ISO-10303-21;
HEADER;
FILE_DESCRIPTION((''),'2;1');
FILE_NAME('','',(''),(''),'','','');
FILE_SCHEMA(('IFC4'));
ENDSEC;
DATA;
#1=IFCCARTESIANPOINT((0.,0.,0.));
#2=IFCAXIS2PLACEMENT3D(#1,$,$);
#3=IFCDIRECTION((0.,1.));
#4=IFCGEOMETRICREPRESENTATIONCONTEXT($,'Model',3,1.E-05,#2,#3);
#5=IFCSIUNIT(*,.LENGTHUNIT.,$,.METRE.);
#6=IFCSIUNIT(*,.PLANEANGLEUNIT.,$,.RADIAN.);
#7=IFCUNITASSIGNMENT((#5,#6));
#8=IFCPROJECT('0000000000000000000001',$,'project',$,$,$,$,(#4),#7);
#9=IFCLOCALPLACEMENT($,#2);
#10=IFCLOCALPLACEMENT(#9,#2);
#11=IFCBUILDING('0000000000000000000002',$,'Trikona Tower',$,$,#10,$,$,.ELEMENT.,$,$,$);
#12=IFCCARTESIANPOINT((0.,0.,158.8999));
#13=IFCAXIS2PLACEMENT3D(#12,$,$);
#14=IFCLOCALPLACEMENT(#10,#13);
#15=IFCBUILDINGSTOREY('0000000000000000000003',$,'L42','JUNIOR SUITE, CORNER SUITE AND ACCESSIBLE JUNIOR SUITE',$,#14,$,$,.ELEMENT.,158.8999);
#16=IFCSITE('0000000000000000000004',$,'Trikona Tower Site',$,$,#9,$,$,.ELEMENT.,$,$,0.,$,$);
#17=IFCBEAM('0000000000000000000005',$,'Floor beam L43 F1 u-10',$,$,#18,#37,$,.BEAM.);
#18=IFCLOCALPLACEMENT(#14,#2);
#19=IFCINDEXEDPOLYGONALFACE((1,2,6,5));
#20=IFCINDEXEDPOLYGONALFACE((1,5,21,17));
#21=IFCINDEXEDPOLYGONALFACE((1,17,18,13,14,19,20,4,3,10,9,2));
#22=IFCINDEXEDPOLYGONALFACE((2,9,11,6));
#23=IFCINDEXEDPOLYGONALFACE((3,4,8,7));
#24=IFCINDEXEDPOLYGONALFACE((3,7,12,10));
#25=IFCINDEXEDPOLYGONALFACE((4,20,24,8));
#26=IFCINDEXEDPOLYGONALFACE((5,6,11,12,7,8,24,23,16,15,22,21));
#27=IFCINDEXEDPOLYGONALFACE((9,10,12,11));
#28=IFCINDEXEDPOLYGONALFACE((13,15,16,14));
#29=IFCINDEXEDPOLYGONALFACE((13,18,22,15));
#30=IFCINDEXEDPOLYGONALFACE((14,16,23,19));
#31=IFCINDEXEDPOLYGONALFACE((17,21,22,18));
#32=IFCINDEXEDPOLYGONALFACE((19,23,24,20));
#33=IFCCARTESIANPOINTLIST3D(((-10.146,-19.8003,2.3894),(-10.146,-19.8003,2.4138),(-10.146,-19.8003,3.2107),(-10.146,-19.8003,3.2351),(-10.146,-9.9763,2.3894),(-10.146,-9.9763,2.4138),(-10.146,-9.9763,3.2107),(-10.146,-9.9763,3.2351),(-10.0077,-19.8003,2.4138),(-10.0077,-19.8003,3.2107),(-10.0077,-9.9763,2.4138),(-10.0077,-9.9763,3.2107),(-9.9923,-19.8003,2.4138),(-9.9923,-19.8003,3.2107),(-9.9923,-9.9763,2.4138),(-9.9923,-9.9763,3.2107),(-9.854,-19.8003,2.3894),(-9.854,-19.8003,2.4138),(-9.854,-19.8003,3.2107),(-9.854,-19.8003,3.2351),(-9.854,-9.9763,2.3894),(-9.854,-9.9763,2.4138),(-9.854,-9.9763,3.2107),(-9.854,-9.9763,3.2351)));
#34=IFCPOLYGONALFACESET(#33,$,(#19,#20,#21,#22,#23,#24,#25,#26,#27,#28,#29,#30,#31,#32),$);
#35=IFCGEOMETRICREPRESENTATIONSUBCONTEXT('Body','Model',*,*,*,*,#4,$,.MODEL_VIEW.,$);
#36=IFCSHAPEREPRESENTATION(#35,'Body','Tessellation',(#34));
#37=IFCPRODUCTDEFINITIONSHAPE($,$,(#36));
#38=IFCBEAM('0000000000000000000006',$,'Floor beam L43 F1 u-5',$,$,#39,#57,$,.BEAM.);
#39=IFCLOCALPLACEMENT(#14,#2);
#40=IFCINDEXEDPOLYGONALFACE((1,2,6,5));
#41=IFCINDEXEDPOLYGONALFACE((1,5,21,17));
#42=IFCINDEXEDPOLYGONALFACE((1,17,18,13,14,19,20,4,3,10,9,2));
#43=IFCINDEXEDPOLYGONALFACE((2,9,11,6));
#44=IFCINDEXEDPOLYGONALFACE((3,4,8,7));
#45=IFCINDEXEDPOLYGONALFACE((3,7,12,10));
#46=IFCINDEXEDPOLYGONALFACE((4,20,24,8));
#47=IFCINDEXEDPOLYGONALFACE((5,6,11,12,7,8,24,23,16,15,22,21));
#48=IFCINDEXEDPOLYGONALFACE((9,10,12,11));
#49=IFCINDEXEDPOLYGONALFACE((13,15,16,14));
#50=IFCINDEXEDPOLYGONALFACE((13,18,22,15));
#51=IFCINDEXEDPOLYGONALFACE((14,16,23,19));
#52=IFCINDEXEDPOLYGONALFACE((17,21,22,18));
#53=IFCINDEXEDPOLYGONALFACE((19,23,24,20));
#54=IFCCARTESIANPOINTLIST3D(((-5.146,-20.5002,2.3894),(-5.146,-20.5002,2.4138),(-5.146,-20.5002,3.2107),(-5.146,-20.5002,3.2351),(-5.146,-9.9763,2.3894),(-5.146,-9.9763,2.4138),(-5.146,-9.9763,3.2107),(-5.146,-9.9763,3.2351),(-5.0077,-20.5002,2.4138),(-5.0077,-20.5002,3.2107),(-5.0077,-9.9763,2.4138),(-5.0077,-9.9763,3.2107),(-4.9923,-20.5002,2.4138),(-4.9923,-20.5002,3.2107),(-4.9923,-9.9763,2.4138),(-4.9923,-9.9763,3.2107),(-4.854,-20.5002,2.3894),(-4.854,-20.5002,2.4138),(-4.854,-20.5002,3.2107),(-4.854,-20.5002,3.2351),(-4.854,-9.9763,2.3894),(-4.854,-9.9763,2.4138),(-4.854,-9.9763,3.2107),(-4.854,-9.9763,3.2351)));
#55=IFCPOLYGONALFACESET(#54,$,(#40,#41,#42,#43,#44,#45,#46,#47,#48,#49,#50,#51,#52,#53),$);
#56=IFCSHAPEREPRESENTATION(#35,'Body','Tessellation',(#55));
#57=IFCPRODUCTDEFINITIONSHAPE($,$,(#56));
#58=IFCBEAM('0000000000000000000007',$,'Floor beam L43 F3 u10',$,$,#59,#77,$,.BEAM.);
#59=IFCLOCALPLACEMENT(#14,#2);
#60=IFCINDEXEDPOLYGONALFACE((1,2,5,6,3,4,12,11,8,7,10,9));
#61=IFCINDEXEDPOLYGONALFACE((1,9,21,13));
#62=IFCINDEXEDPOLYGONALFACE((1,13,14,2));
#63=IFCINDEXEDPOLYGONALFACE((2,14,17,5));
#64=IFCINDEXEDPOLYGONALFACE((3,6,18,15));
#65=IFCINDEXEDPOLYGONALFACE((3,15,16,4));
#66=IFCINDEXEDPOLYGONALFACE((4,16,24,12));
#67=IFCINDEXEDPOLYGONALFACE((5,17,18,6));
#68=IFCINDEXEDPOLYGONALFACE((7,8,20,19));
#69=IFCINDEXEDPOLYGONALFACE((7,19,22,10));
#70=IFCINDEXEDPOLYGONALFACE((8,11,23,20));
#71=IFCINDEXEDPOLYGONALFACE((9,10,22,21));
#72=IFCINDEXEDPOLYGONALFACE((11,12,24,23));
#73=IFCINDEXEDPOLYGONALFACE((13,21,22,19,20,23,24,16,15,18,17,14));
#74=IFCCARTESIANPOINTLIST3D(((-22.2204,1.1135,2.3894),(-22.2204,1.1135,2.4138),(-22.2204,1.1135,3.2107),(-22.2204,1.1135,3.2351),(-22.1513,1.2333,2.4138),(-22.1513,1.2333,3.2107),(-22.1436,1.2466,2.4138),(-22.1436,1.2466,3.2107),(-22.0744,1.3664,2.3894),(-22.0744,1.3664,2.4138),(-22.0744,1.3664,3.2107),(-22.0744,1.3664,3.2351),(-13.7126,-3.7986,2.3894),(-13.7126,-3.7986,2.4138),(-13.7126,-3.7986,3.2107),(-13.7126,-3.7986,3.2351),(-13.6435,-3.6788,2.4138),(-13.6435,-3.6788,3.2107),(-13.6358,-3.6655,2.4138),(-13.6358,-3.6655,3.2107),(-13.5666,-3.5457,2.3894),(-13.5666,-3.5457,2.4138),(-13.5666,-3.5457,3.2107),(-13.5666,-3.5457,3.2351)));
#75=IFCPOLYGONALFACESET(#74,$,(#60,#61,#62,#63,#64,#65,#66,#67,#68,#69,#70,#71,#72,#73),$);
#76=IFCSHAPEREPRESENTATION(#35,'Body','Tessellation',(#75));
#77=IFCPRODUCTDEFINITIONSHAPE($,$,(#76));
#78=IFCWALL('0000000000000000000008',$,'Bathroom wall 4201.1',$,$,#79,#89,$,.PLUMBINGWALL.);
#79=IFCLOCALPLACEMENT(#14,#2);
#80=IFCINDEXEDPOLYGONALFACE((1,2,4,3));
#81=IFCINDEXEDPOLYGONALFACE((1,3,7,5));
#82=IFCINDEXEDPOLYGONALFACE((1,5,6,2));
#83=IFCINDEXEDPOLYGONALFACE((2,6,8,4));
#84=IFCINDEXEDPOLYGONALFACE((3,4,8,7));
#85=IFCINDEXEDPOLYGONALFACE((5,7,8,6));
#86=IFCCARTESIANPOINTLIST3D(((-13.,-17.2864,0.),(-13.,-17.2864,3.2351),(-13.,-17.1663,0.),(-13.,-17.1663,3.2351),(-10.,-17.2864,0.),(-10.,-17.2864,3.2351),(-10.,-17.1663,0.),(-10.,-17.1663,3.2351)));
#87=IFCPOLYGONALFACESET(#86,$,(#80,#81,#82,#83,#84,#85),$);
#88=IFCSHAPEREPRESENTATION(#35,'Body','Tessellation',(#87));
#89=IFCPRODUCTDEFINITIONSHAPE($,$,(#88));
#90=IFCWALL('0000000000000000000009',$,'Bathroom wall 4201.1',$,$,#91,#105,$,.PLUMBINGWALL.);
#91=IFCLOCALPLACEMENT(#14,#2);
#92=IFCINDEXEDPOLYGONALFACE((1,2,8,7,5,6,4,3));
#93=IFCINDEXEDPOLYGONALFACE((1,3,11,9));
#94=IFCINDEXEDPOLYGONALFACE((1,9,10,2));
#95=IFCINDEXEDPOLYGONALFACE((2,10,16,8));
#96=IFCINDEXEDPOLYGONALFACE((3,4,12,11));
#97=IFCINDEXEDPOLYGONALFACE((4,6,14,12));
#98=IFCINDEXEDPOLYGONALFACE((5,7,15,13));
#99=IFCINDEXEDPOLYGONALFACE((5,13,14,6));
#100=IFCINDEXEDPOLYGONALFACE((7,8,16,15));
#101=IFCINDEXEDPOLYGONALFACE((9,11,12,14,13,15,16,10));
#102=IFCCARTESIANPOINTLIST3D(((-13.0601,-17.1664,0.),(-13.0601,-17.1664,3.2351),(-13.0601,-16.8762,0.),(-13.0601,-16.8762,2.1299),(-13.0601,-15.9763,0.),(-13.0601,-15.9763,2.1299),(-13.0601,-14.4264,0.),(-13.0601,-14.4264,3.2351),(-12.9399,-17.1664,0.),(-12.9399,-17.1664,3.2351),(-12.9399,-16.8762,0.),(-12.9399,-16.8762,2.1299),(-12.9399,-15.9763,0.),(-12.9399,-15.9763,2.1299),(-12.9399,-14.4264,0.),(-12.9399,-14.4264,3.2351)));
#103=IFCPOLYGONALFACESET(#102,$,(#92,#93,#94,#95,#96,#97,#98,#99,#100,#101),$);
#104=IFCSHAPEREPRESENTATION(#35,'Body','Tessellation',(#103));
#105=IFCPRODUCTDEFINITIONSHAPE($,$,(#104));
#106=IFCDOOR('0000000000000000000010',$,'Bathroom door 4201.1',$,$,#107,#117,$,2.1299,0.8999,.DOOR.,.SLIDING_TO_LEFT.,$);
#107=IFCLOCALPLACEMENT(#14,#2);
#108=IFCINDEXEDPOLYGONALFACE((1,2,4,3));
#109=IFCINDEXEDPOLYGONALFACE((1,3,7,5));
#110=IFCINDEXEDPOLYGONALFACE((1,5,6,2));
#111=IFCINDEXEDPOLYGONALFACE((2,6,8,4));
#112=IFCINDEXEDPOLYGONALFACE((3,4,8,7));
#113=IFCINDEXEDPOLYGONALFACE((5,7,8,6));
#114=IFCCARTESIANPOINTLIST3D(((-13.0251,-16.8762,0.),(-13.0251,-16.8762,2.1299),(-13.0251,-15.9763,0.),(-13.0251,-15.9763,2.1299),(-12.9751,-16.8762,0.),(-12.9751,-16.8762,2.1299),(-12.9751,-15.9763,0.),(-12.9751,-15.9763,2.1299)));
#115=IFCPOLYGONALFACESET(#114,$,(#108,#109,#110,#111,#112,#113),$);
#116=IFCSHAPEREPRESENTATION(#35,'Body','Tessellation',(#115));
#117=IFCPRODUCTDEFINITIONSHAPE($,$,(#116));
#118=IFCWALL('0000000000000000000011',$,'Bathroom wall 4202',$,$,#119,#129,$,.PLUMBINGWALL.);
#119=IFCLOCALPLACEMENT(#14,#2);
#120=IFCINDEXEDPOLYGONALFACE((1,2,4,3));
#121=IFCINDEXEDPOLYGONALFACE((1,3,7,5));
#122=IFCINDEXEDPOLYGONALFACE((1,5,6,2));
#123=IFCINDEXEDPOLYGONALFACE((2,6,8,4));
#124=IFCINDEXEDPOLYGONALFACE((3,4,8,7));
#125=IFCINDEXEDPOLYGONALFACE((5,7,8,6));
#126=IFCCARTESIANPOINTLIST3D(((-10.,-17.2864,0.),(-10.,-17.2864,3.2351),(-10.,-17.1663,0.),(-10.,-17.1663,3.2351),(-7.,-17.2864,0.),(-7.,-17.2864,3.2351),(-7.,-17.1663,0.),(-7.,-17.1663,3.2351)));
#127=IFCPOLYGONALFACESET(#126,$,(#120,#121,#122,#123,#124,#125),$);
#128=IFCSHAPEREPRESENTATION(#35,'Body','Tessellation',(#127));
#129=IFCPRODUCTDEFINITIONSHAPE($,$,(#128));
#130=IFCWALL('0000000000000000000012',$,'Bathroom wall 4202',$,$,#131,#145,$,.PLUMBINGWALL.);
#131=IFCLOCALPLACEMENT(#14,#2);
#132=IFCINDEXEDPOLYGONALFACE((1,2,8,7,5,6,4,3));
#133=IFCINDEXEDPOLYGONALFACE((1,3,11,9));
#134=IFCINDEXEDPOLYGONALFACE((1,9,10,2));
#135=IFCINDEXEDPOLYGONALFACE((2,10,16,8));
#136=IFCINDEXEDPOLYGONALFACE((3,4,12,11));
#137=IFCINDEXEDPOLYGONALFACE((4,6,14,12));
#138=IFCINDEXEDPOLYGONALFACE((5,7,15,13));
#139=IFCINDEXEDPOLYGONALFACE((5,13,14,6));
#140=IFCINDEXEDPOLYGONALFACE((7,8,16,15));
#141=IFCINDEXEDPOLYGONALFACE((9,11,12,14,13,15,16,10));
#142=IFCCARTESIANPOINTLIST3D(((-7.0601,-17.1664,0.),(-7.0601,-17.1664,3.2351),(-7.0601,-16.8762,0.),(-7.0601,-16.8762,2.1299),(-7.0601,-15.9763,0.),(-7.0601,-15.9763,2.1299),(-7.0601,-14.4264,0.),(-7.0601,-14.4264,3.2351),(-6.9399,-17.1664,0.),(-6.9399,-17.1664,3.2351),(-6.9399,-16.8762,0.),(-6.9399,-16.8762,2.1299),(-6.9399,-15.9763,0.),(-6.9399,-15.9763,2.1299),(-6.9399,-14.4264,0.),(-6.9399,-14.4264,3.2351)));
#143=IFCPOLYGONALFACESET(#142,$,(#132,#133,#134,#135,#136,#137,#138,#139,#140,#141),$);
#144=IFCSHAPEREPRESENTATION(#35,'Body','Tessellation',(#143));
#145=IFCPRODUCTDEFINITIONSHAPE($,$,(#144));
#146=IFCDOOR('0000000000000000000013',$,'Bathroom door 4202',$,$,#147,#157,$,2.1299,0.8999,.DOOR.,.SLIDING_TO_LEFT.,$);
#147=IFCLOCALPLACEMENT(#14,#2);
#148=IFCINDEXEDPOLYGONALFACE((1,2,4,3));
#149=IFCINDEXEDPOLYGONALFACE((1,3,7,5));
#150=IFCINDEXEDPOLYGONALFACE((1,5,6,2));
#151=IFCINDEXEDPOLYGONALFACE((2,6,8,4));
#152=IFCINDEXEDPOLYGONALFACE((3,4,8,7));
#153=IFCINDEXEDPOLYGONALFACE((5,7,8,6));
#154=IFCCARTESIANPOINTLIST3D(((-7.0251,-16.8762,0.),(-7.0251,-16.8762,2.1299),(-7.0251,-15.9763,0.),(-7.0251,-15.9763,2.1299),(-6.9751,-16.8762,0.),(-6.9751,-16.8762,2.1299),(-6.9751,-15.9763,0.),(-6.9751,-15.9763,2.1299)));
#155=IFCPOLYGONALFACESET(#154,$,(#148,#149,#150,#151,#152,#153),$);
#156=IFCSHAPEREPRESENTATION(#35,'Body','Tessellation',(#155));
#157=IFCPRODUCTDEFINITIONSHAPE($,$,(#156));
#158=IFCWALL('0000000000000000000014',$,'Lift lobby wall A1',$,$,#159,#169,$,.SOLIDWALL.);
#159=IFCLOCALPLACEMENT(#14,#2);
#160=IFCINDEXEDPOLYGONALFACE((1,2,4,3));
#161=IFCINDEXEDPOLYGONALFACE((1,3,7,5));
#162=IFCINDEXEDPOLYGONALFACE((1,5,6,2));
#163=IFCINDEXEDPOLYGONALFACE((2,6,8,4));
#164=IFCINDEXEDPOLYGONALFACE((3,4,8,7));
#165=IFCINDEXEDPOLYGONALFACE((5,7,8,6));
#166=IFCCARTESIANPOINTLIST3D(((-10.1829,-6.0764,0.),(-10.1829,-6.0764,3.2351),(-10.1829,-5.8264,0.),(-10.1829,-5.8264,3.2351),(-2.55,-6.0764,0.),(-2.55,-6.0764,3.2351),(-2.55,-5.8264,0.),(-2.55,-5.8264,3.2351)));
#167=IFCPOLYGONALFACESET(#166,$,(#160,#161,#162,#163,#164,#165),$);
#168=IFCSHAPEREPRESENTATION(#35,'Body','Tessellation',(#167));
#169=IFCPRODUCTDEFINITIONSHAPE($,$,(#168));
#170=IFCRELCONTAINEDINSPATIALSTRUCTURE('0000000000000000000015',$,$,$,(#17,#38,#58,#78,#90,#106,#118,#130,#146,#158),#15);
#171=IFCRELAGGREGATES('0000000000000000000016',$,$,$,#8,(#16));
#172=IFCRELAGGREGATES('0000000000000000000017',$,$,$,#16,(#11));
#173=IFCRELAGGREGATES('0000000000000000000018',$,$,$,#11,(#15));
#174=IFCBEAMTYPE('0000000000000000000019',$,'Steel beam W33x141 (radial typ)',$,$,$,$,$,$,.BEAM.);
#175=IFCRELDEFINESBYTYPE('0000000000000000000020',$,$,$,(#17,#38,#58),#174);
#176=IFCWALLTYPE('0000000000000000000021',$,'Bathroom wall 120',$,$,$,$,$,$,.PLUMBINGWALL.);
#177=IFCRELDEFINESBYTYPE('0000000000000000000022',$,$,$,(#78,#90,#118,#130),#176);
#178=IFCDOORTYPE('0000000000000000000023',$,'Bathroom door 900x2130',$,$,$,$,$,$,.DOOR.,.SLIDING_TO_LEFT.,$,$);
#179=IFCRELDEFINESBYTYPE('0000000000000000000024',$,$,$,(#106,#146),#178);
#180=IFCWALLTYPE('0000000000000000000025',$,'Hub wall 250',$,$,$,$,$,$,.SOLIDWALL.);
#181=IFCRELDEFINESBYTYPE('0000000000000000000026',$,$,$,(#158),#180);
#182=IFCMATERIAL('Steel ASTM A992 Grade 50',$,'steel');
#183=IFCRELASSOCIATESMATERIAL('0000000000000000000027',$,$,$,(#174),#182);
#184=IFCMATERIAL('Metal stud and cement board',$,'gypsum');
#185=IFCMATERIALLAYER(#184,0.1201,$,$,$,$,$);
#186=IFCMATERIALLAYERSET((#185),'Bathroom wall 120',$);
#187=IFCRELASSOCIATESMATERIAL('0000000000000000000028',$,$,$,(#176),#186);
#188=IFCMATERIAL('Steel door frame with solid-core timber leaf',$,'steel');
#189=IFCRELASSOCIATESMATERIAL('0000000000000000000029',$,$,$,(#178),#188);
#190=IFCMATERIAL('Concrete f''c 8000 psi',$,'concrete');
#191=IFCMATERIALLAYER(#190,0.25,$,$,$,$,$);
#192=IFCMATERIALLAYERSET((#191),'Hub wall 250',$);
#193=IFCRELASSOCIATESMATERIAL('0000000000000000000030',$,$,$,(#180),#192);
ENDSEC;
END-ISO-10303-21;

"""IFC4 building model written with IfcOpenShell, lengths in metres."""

from ifc_helpers import new_model, si_unit, direction, frame, frame_2d, origin, origin_2d, place, context, subcontext, project, spatial, rectangle, i_section, extrude, material, layer, layer_set, material_profile, profile_set, type_object, element, fill, save


model = new_model("IFC4")

# Units and contexts
model_context = context("Model", 3, precision=1e-05, world=origin(), true_north=direction((0.0, 1.0)))
body_context = subcontext(model_context, "Body", "Model", "MODEL_VIEW")
ifc_project = project(units=[si_unit("LENGTHUNIT", "METRE"), si_unit("PLANEANGLEUNIT", "RADIAN")], contexts=[model_context])

# Site, building, storey
site_placement = place(None, origin())
site = spatial("IfcSite", under=ifc_project, at=site_placement, Name="Trikona Tower Site", CompositionType="ELEMENT", RefElevation=0.0)
building_placement = place(site_placement, origin())
building = spatial("IfcBuilding", under=site, at=building_placement, Name="Trikona Tower", CompositionType="ELEMENT")
storey_placement = place(building_placement, frame((0.0, 0.0, 158.8999)))
storey = spatial("IfcBuildingStorey", under=building, at=storey_placement, Name="L42", Description="JUNIOR SUITE, CORNER SUITE AND ACCESSIBLE JUNIOR SUITE", CompositionType="ELEMENT", Elevation=158.8999)

# Beams
ifc_material_1 = material(Name="Steel ASTM A992 Grade 50", Category="steel")
ifc_material_profile = material_profile(ifc_material_1, i_section(OverallWidth=0.292, OverallDepth=0.8457, WebThickness=0.0154, FlangeThickness=0.0244, at=origin_2d()), Name="W33X141")
ifc_profile_set = profile_set([ifc_material_profile], Name="Steel ASTM A992 Grade 50")
beam_type = type_object("IfcBeamType", Name="Steel beam W33x141 (radial typ)", PredefinedType="BEAM", material=ifc_profile_set)
beam_1_placement = place(storey_placement, frame((-10.0, -9.9763, 2.8123), z_axis=(0.0, -1.0, 0.0), x_axis=(1.0, 0.0, 0.0)))
element("IfcBeam", 1, at=beam_1_placement, inside=storey, type_object=beam_type, Name="Floor beam L43 F1 u-10", PredefinedType="BEAM", context=body_context, shape_type="SweptSolid", body=[
    extrude(i_section(OverallWidth=0.292, OverallDepth=0.8457, WebThickness=0.0154, FlangeThickness=0.0244, at=origin_2d()), origin(), (0.0, 0.0, 1.0), 9.824),
])
beam_2_placement = place(storey_placement, frame((-5.0, -9.9763, 2.8123), z_axis=(0.0, -1.0, 0.0), x_axis=(1.0, 0.0, 0.0)))
element("IfcBeam", 2, at=beam_2_placement, inside=storey, type_object=beam_type, Name="Floor beam L43 F1 u-5", PredefinedType="BEAM", context=body_context, shape_type="SweptSolid", body=[
    extrude(i_section(OverallWidth=0.292, OverallDepth=0.8457, WebThickness=0.0154, FlangeThickness=0.0244, at=origin_2d()), origin(), (0.0, 0.0, 1.0), 10.5239),
])
beam_3_placement = place(storey_placement, frame((-13.6396, -3.6721, 2.8123), z_axis=(-0.86602, 0.500009, 0.0), x_axis=(-0.500009, -0.86602, 0.0)))
element("IfcBeam", 3, at=beam_3_placement, inside=storey, type_object=beam_type, Name="Floor beam L43 F3 u10", PredefinedType="BEAM", context=body_context, shape_type="SweptSolid", body=[
    extrude(i_section(OverallWidth=0.292, OverallDepth=0.8457, WebThickness=0.0154, FlangeThickness=0.0244, at=origin_2d()), origin(), (0.0, 0.0, 1.0), 9.824),
])

# Wall
ifc_material_2 = material(Name="Metal stud and cement board", Category="gypsum")
ifc_layer_1 = layer(ifc_material_2, 0.1201)
ifc_layer_set_1 = layer_set([ifc_layer_1], Name="Bathroom wall 120")
wall_type_1 = type_object("IfcWallType", Name="Bathroom wall 120", PredefinedType="PLUMBINGWALL", material=ifc_layer_set_1)
wall_1_placement = place(storey_placement, frame((-13.0, -17.2263, 0.0), z_axis=(0.0, 0.0, 1.0), x_axis=(1.0, 0.0, 0.0)))
element("IfcWall", 4, at=wall_1_placement, inside=storey, type_object=wall_type_1, Name="Bathroom wall 4201.1", PredefinedType="PLUMBINGWALL", context=body_context, shape_type="SweptSolid", body=[
    extrude(rectangle(XDim=3.0, YDim=0.1201, at=frame_2d((1.5, 0.0))), origin(), (0.0, 0.0, 1.0), 3.2351),
])

# Wall, opening, door
wall_2_placement = place(storey_placement, frame((-13.0, -14.4263, 0.0), z_axis=(0.0, 0.0, 1.0), x_axis=(0.0, -1.0, 0.0)))
wall_2 = element("IfcWall", 5, at=wall_2_placement, inside=storey, type_object=wall_type_1, Name="Bathroom wall 4201.1", PredefinedType="PLUMBINGWALL", context=body_context, shape_type="SweptSolid", body=[
    extrude(rectangle(XDim=2.74, YDim=0.1201, at=frame_2d((1.3701, 0.0))), origin(), (0.0, 0.0, 1.0), 3.2351),
])
opening_1_placement = place(wall_2_placement, frame((1.55, 0.0, 0.0)))
opening_1 = element("IfcOpeningElement", 6, at=opening_1_placement, cuts=wall_2, PredefinedType="OPENING", context=body_context, shape_type="SweptSolid", body=[
    extrude(rectangle(XDim=0.8999, YDim=2.1299, at=frame_2d((0.45, 1.0649))), frame((0.0, 0.0701, 0.0), z_axis=(0.0, -1.0, 0.0), x_axis=(1.0, 0.0, 0.0)), (0.0, 0.0, 1.0), 0.1401),
])
ifc_material_3 = material(Name="Steel door frame with solid-core timber leaf", Category="steel")
door_type_1 = type_object("IfcDoorType", Name="Bathroom door 900x2130", OperationType="SLIDING_TO_LEFT", PredefinedType="DOOR", material=ifc_material_3)
door_1_placement = place(opening_1_placement, origin())
door_1 = element("IfcDoor", 7, at=door_1_placement, inside=storey, type_object=door_type_1, Name="Bathroom door 4201.1", OperationType="SLIDING_TO_LEFT", OverallHeight=2.1299, OverallWidth=0.8999, PredefinedType="DOOR", context=body_context, shape_type="SweptSolid", body=[
    extrude(rectangle(XDim=0.8999, YDim=2.1299, at=frame_2d((0.45, 1.0649))), frame((0.0, 0.0249, 0.0), z_axis=(0.0, -1.0, 0.0), x_axis=(1.0, 0.0, 0.0)), (0.0, 0.0, 1.0), 0.05),
])
fill(opening_1, door_1)

# Wall
wall_3_placement = place(storey_placement, frame((-10.0, -17.2263, 0.0), z_axis=(0.0, 0.0, 1.0), x_axis=(1.0, 0.0, 0.0)))
element("IfcWall", 8, at=wall_3_placement, inside=storey, type_object=wall_type_1, Name="Bathroom wall 4202", PredefinedType="PLUMBINGWALL", context=body_context, shape_type="SweptSolid", body=[
    extrude(rectangle(XDim=3.0, YDim=0.1201, at=frame_2d((1.5, 0.0))), origin(), (0.0, 0.0, 1.0), 3.2351),
])

# Wall, opening, door
wall_4_placement = place(storey_placement, frame((-7.0, -14.4263, 0.0), z_axis=(0.0, 0.0, 1.0), x_axis=(0.0, -1.0, 0.0)))
wall_4 = element("IfcWall", 9, at=wall_4_placement, inside=storey, type_object=wall_type_1, Name="Bathroom wall 4202", PredefinedType="PLUMBINGWALL", context=body_context, shape_type="SweptSolid", body=[
    extrude(rectangle(XDim=2.74, YDim=0.1201, at=frame_2d((1.3701, 0.0))), origin(), (0.0, 0.0, 1.0), 3.2351),
])
opening_2_placement = place(wall_4_placement, frame((1.55, 0.0, 0.0)))
opening_2 = element("IfcOpeningElement", 10, at=opening_2_placement, cuts=wall_4, PredefinedType="OPENING", context=body_context, shape_type="SweptSolid", body=[
    extrude(rectangle(XDim=0.8999, YDim=2.1299, at=frame_2d((0.45, 1.0649))), frame((0.0, 0.0701, 0.0), z_axis=(0.0, -1.0, 0.0), x_axis=(1.0, 0.0, 0.0)), (0.0, 0.0, 1.0), 0.1401),
])
door_2_placement = place(opening_2_placement, origin())
door_2 = element("IfcDoor", 11, at=door_2_placement, inside=storey, type_object=door_type_1, Name="Bathroom door 4202", OperationType="SLIDING_TO_LEFT", OverallHeight=2.1299, OverallWidth=0.8999, PredefinedType="DOOR", context=body_context, shape_type="SweptSolid", body=[
    extrude(rectangle(XDim=0.8999, YDim=2.1299, at=frame_2d((0.45, 1.0649))), frame((0.0, 0.0249, 0.0), z_axis=(0.0, -1.0, 0.0), x_axis=(1.0, 0.0, 0.0)), (0.0, 0.0, 1.0), 0.05),
])
fill(opening_2, door_2)

# Wall
ifc_material_4 = material(Name="Concrete f'c 8000 psi", Category="concrete")
ifc_layer_2 = layer(ifc_material_4, 0.25)
ifc_layer_set_2 = layer_set([ifc_layer_2], Name="Hub wall 250")
wall_type_2 = type_object("IfcWallType", Name="Hub wall 250", PredefinedType="SOLIDWALL", material=ifc_layer_set_2)
wall_5_placement = place(storey_placement, frame((-10.1829, -5.9514, 0.0), z_axis=(0.0, 0.0, 1.0), x_axis=(1.0, 0.0, 0.0)))
element("IfcWall", 12, at=wall_5_placement, inside=storey, type_object=wall_type_2, Name="Lift lobby wall A1", PredefinedType="SOLIDWALL", context=body_context, shape_type="SweptSolid", body=[
    extrude(rectangle(XDim=7.6328, YDim=0.25, at=frame_2d((3.8164, 0.0))), origin(), (0.0, 0.0, 1.0), 3.2351),
])

save(model, "model.ifc")
